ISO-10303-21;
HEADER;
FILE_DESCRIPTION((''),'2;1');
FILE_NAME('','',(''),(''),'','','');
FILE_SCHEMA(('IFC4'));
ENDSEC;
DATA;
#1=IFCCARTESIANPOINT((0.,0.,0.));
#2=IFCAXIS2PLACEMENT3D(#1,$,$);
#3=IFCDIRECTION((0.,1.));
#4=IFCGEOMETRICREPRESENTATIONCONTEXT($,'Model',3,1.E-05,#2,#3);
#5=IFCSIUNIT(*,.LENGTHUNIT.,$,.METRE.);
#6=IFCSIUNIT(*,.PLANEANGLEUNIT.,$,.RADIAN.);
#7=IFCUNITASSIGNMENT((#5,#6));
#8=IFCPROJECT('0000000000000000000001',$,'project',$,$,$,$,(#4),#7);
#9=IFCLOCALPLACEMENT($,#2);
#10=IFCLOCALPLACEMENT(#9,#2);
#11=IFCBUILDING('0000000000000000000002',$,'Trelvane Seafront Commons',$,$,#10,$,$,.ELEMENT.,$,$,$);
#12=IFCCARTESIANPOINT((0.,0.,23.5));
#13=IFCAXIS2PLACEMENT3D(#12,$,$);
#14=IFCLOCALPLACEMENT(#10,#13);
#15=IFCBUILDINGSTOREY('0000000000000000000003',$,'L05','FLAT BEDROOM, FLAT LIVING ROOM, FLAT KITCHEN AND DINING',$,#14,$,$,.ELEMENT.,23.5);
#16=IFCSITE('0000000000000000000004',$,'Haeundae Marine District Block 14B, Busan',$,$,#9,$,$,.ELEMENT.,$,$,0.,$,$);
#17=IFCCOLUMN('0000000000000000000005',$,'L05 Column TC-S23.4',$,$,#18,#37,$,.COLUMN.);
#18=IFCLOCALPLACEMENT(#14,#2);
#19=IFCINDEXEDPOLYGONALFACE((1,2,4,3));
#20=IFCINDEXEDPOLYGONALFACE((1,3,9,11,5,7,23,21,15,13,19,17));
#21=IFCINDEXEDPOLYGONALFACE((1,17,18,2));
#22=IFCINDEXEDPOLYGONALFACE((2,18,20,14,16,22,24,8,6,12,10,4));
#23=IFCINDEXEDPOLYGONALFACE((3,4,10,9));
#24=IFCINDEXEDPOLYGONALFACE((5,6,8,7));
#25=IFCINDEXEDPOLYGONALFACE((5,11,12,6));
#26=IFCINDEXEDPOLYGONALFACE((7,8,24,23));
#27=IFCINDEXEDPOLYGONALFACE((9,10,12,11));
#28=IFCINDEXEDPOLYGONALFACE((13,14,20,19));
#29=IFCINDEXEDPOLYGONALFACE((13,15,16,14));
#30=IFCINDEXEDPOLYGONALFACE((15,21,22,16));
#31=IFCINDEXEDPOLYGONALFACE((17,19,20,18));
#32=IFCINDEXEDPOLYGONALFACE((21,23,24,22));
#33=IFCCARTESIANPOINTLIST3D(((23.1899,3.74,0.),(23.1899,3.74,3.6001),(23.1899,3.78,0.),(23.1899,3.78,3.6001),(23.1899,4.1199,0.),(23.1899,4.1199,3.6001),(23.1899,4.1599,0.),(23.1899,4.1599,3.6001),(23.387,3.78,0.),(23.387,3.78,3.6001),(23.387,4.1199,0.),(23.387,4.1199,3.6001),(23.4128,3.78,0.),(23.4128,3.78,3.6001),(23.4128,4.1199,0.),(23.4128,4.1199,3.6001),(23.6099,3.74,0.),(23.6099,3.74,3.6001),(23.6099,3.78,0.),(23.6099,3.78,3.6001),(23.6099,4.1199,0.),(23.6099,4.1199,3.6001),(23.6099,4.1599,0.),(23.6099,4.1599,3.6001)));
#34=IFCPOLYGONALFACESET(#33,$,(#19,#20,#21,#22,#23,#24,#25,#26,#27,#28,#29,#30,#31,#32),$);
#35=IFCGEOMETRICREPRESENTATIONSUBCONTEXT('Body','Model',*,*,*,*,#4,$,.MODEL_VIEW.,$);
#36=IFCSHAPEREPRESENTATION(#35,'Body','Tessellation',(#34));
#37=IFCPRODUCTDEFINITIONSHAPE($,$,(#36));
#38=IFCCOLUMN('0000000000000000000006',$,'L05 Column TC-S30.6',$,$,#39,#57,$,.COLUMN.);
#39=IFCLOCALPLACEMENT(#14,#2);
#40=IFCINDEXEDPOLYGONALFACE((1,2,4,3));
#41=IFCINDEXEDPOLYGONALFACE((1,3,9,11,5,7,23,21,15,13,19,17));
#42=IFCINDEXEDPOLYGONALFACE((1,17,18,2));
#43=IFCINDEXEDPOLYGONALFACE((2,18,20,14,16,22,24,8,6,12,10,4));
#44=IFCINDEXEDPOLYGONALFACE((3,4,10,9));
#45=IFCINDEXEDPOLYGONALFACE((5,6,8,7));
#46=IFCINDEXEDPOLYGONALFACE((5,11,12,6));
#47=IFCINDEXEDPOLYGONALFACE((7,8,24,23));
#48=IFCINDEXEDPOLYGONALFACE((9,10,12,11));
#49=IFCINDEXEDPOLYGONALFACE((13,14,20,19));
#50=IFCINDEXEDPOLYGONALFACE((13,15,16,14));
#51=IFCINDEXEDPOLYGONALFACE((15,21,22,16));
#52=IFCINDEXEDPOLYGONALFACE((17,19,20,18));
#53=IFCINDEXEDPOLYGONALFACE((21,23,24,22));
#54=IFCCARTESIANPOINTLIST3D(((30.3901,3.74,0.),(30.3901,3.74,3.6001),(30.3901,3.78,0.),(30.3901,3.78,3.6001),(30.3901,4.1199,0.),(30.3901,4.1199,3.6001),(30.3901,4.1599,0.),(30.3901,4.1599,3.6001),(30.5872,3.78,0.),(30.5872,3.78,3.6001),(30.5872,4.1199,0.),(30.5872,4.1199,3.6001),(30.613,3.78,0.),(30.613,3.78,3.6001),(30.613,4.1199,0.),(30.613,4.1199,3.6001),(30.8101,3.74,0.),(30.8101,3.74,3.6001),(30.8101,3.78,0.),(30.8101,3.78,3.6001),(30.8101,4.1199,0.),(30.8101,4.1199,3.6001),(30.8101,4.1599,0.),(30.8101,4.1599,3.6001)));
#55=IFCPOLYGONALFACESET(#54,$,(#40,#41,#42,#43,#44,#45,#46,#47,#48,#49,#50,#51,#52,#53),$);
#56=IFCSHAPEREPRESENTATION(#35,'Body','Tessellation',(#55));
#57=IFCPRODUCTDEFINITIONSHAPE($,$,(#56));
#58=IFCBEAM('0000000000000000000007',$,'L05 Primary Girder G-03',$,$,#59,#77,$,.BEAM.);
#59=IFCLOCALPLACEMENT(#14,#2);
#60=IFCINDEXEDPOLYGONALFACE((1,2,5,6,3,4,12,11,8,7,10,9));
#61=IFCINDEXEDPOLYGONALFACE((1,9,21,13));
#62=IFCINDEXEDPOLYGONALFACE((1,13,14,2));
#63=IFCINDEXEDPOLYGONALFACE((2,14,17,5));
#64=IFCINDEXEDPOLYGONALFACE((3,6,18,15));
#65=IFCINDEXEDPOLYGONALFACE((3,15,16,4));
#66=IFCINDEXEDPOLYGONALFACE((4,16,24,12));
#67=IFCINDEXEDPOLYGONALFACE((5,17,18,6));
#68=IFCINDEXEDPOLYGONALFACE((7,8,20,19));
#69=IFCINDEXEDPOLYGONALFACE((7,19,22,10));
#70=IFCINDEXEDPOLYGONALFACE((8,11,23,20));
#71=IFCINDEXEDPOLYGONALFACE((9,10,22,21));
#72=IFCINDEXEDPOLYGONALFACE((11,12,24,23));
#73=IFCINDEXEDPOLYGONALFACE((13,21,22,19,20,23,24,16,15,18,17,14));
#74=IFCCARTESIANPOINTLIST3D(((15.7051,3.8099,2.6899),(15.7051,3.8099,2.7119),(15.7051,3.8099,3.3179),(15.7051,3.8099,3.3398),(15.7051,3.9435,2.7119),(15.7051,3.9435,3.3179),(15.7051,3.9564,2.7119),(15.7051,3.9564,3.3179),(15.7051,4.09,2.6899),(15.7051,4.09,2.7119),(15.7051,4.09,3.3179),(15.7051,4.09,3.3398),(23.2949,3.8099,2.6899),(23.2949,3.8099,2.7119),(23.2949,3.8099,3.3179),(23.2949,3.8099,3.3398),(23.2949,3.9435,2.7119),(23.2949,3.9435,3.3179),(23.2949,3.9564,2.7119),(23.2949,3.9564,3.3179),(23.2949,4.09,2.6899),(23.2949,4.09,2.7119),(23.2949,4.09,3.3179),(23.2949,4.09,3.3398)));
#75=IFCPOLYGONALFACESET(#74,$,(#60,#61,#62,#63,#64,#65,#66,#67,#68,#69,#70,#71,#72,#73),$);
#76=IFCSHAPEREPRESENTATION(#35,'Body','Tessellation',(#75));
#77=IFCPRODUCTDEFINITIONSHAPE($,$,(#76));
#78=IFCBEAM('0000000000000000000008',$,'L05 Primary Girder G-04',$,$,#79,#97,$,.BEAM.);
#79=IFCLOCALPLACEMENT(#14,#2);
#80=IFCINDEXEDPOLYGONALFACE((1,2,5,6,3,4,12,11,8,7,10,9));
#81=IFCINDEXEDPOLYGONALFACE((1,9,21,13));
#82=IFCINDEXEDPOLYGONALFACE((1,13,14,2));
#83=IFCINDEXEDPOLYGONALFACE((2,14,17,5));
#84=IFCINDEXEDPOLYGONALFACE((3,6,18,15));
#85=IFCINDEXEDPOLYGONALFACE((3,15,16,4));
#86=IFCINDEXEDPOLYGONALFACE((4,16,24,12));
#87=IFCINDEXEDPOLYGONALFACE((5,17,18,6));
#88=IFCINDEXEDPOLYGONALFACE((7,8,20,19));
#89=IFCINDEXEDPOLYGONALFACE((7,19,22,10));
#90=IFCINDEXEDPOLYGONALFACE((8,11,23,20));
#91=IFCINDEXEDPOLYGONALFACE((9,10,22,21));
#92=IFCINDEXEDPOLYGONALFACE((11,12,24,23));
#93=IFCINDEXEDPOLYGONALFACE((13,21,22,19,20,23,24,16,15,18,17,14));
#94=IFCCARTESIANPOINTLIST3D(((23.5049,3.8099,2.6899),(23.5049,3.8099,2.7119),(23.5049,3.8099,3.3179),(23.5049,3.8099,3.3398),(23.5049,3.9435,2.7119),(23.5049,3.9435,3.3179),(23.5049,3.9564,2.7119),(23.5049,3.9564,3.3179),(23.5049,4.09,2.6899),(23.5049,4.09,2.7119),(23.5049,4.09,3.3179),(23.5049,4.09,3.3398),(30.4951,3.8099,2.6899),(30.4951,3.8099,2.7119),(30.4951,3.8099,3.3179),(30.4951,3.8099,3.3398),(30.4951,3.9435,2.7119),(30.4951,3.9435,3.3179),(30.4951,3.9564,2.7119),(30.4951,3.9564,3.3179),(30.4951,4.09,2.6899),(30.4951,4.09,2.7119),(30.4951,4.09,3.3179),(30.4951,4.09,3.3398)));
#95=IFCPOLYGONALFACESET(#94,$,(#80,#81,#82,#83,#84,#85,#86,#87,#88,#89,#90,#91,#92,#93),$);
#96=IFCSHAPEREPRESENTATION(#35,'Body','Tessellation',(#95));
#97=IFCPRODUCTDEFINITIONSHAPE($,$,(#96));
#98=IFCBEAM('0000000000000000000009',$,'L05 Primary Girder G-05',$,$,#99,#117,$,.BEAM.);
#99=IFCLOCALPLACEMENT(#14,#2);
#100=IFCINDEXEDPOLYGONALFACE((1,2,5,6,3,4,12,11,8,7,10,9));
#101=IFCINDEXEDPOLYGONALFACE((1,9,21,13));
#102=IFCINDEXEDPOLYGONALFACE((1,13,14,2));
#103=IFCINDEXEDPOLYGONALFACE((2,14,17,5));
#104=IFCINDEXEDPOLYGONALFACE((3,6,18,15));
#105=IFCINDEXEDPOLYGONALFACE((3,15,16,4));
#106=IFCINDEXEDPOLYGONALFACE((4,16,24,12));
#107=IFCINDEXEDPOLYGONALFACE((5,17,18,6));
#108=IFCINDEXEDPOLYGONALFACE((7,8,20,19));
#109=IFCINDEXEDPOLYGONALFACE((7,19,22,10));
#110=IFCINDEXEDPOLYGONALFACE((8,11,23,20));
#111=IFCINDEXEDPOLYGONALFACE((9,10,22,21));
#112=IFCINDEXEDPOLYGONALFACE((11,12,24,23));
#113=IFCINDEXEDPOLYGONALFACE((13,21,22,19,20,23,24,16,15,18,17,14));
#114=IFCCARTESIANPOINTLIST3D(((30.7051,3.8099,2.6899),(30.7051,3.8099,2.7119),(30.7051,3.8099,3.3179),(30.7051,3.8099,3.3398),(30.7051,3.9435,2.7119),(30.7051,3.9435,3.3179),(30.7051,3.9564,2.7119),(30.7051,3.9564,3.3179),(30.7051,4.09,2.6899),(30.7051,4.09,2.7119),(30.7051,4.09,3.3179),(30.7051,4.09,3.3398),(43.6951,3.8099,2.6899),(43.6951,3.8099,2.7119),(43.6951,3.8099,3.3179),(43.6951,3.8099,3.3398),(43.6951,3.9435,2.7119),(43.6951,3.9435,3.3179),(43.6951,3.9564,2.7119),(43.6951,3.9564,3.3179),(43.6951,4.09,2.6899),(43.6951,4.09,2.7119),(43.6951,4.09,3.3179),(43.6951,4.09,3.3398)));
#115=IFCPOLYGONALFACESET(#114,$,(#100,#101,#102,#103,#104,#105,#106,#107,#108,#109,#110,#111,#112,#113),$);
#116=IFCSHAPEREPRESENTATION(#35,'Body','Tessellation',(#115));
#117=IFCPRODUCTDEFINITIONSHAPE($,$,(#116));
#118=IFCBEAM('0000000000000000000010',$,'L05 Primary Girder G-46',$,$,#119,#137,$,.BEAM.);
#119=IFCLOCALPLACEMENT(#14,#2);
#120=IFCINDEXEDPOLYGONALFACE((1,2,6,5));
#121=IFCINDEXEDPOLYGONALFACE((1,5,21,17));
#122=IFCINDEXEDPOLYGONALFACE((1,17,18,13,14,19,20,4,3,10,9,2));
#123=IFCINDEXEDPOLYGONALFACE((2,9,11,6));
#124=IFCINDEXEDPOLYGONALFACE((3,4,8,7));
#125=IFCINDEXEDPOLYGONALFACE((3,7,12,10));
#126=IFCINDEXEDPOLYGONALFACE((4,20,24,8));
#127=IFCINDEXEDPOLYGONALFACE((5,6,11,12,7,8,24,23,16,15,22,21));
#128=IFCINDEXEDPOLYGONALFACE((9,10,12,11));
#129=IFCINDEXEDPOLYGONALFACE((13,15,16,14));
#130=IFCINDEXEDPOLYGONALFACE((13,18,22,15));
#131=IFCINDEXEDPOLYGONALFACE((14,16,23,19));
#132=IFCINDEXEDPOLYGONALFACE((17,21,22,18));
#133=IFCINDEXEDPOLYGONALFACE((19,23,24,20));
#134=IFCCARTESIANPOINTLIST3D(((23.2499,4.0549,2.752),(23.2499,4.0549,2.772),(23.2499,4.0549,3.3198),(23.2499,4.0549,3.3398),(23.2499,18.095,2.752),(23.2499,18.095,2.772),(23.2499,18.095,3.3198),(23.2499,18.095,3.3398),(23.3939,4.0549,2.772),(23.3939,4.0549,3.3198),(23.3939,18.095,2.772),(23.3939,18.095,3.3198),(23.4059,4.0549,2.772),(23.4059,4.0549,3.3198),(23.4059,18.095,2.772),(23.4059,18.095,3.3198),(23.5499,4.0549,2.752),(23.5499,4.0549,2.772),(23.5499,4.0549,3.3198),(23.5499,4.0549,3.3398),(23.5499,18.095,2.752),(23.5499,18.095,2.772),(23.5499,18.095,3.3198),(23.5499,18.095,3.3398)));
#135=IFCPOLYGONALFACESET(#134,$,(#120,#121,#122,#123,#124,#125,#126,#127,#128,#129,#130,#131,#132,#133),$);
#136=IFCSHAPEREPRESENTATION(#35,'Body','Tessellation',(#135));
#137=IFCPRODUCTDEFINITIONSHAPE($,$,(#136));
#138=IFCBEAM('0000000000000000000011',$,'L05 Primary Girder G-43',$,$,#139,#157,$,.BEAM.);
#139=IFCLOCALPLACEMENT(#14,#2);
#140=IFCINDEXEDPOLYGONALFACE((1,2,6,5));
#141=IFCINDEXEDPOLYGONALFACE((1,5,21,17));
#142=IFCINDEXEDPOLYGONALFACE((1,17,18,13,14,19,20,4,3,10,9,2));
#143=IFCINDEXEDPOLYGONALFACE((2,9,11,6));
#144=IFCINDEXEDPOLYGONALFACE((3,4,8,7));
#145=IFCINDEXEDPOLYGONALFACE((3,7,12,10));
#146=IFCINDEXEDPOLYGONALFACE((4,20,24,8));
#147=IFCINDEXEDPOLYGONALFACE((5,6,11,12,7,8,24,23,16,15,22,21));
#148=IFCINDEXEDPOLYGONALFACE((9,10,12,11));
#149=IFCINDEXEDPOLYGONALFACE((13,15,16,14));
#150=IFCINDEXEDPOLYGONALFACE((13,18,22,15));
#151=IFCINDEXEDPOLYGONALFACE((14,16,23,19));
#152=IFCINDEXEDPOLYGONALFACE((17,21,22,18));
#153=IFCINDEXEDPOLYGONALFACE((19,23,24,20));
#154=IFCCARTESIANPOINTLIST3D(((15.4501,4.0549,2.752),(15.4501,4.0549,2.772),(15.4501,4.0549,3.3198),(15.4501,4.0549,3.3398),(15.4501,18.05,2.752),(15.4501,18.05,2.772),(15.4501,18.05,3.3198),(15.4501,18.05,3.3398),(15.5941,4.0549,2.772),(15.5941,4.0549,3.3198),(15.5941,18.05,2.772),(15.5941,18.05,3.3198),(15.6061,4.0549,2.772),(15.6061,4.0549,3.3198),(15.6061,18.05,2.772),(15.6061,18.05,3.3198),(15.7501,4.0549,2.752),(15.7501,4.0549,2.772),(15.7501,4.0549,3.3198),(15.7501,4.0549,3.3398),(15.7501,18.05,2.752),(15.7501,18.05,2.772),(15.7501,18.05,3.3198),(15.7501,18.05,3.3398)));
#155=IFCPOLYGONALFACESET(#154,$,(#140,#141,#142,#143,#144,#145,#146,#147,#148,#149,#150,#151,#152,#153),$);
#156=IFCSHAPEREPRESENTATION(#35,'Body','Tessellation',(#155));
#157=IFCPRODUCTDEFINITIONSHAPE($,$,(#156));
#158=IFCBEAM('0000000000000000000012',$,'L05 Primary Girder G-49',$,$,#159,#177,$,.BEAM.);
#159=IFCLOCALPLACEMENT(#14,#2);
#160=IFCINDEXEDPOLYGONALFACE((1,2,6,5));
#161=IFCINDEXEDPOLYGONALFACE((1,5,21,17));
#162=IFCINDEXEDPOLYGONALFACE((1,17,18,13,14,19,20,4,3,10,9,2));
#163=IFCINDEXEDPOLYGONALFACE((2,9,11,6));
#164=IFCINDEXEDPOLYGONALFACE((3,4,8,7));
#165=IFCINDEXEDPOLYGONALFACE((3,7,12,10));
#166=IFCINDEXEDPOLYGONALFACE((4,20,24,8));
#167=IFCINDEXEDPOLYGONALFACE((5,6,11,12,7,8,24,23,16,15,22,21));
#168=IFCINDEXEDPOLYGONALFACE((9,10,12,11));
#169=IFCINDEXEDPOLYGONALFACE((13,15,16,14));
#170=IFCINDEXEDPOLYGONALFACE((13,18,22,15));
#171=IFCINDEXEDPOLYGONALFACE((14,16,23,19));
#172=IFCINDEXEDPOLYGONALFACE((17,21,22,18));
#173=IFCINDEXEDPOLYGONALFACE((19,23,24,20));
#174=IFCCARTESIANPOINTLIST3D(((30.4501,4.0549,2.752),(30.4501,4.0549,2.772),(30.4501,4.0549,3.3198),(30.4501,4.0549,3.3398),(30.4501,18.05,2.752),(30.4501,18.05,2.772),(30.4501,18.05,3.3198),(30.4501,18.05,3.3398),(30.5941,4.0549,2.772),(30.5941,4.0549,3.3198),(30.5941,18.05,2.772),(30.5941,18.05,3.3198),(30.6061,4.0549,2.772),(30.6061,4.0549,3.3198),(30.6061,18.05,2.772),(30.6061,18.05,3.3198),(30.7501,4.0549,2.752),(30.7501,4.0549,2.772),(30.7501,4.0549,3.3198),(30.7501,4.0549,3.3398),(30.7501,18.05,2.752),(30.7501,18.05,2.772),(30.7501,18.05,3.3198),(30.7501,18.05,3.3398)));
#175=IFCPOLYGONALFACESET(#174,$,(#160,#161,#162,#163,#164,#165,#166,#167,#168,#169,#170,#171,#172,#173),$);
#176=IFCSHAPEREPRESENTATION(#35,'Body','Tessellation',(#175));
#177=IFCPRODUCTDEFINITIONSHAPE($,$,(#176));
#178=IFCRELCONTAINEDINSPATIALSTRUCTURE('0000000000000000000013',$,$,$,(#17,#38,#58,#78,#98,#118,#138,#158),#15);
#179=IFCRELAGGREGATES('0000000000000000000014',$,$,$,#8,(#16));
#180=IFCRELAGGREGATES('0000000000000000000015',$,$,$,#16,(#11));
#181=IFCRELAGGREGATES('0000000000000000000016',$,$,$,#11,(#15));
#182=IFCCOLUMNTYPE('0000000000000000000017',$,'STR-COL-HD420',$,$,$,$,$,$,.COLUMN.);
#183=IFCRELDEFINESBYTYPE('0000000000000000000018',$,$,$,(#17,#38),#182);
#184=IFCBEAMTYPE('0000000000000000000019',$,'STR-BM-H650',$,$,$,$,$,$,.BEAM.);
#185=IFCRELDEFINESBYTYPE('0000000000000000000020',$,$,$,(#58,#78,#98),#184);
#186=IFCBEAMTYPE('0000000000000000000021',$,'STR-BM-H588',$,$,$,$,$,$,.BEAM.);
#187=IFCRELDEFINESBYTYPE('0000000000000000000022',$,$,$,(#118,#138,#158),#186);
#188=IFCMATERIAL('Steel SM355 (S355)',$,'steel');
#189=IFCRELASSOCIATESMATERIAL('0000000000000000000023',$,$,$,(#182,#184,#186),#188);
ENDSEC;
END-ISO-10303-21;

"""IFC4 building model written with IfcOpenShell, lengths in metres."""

from ifc_helpers import new_model, si_unit, direction, frame, origin, origin_2d, place, context, subcontext, project, spatial, i_section, extrude, source, transform, mapped, material, material_profile, profile_set, type_object, element, save


model = new_model("IFC4")

# Units and contexts
model_context = context("Model", 3, precision=1e-05, world=origin(), true_north=direction((0.0, 1.0)))
body_context = subcontext(model_context, "Body", "Model", "MODEL_VIEW")
ifc_project = project(units=[si_unit("LENGTHUNIT", "METRE"), si_unit("PLANEANGLEUNIT", "RADIAN")], contexts=[model_context])

# Site, building, storey
site_placement = place(None, origin())
site = spatial("IfcSite", under=ifc_project, at=site_placement, Name="Haeundae Marine District Block 14B, Busan", CompositionType="ELEMENT", RefElevation=0.0)
building_placement = place(site_placement, origin())
building = spatial("IfcBuilding", under=site, at=building_placement, Name="Trelvane Seafront Commons", CompositionType="ELEMENT")
storey_placement = place(building_placement, frame((0.0, 0.0, 23.5)))
storey = spatial("IfcBuildingStorey", under=building, at=storey_placement, Name="L05", Description="FLAT BEDROOM, FLAT LIVING ROOM, FLAT KITCHEN AND DINING", CompositionType="ELEMENT", Elevation=23.5)

# Columns
ifc_material_1 = material(Name="Steel SM355 (S355)", Category="steel")
ifc_material_profile_1 = material_profile(ifc_material_1, i_section(OverallWidth=0.4199, OverallDepth=0.4199, WebThickness=0.0259, FlangeThickness=0.04, at=origin_2d()), Name="HD-420x420x26x40")
ifc_profile_set_1 = profile_set([ifc_material_profile_1], Name="Steel SM355 (S355)")
column_type = type_object("IfcColumnType", Name="STR-COL-HD420", PredefinedType="COLUMN", material=ifc_profile_set_1)
shared_shape_1 = source(origin(), body_context, "Body", "SweptSolid", [
    extrude(i_section(OverallWidth=0.4199, OverallDepth=0.4199, WebThickness=0.0259, FlangeThickness=0.04, at=origin_2d()), origin(), (0.0, 0.0, 1.0), 3.6001),
])
for number, where, z_axis, x_axis, name in (
    (1, (23.3999, 3.95, 0.0), (0.0, 0.0, 1.0), (1.0, 0.0, 0.0), "L05 Column TC-S23.4"),
    (2, (30.6001, 3.95, 0.0), (0.0, 0.0, 1.0), (1.0, 0.0, 0.0), "L05 Column TC-S30.6"),
):
    element("IfcColumn", number, at=place(storey_placement, frame(where, z_axis=z_axis, x_axis=x_axis)), inside=storey, type_object=column_type, Name=name, PredefinedType="COLUMN", context=body_context, shape_type="MappedRepresentation", body=[
        mapped(shared_shape_1, transform((0.0, 0.0, 0.0), x_axis=(1.0, 0.0, 0.0), y_axis=(0.0, 1.0, 0.0), z_axis=(0.0, 0.0, 1.0), scale=1.0)),
    ])

# Beams
ifc_material_profile_2 = material_profile(ifc_material_1, i_section(OverallWidth=0.28, OverallDepth=0.6499, WebThickness=0.0129, FlangeThickness=0.022, at=origin_2d()), Name="H-650x280x13x22")
ifc_profile_set_2 = profile_set([ifc_material_profile_2], Name="Steel SM355 (S355)")
beam_type_1 = type_object("IfcBeamType", Name="STR-BM-H650", PredefinedType="BEAM", material=ifc_profile_set_2)
shared_shape_2 = source(origin(), body_context, "Body", "SweptSolid", [
    extrude(i_section(OverallWidth=0.28, OverallDepth=0.6499, WebThickness=0.0129, FlangeThickness=0.022, at=origin_2d()), origin(), (0.0, 0.0, 1.0), 7.5898),
])
beam_1_placement = place(storey_placement, frame((15.7051, 3.95, 3.0149), z_axis=(1.0, 0.0, 0.0), x_axis=(0.0, 1.0, 0.0)))
element("IfcBeam", 3, at=beam_1_placement, inside=storey, type_object=beam_type_1, Name="L05 Primary Girder G-03", PredefinedType="BEAM", context=body_context, shape_type="MappedRepresentation", body=[
    mapped(shared_shape_2, transform((0.0, 0.0, 0.0), x_axis=(1.0, 0.0, 0.0), y_axis=(0.0, 1.0, 0.0), z_axis=(0.0, 0.0, 1.0), scale=1.0)),
])
shared_shape_3 = source(origin(), body_context, "Body", "SweptSolid", [
    extrude(i_section(OverallWidth=0.28, OverallDepth=0.6499, WebThickness=0.0129, FlangeThickness=0.022, at=origin_2d()), origin(), (0.0, 0.0, 1.0), 6.9902),
])
beam_2_placement = place(storey_placement, frame((23.5049, 3.95, 3.0149), z_axis=(1.0, 0.0, 0.0), x_axis=(0.0, 1.0, 0.0)))
element("IfcBeam", 4, at=beam_2_placement, inside=storey, type_object=beam_type_1, Name="L05 Primary Girder G-04", PredefinedType="BEAM", context=body_context, shape_type="MappedRepresentation", body=[
    mapped(shared_shape_3, transform((0.0, 0.0, 0.0), x_axis=(1.0, 0.0, 0.0), y_axis=(0.0, 1.0, 0.0), z_axis=(0.0, 0.0, 1.0), scale=1.0)),
])
shared_shape_4 = source(origin(), body_context, "Body", "SweptSolid", [
    extrude(i_section(OverallWidth=0.28, OverallDepth=0.6499, WebThickness=0.0129, FlangeThickness=0.022, at=origin_2d()), origin(), (0.0, 0.0, 1.0), 12.99),
])
beam_3_placement = place(storey_placement, frame((30.7051, 3.95, 3.0149), z_axis=(1.0, 0.0, 0.0), x_axis=(0.0, 1.0, 0.0)))
element("IfcBeam", 5, at=beam_3_placement, inside=storey, type_object=beam_type_1, Name="L05 Primary Girder G-05", PredefinedType="BEAM", context=body_context, shape_type="MappedRepresentation", body=[
    mapped(shared_shape_4, transform((0.0, 0.0, 0.0), x_axis=(1.0, 0.0, 0.0), y_axis=(0.0, 1.0, 0.0), z_axis=(0.0, 0.0, 1.0), scale=1.0)),
])
ifc_material_profile_3 = material_profile(ifc_material_1, i_section(OverallWidth=0.3, OverallDepth=0.5879, WebThickness=0.012, FlangeThickness=0.02, at=origin_2d()), Name="H-588x300x12x20")
ifc_profile_set_3 = profile_set([ifc_material_profile_3], Name="Steel SM355 (S355)")
beam_type_2 = type_object("IfcBeamType", Name="STR-BM-H588", PredefinedType="BEAM", material=ifc_profile_set_3)
shared_shape_5 = source(origin(), body_context, "Body", "SweptSolid", [
    extrude(i_section(OverallWidth=0.3, OverallDepth=0.5879, WebThickness=0.012, FlangeThickness=0.02, at=origin_2d()), origin(), (0.0, 0.0, 1.0), 14.04),
])
beam_4_placement = place(storey_placement, frame((23.3999, 4.0549, 3.0459), z_axis=(0.0, 1.0, 0.0), x_axis=(-1.0, 0.0, 0.0)))
element("IfcBeam", 6, at=beam_4_placement, inside=storey, type_object=beam_type_2, Name="L05 Primary Girder G-46", PredefinedType="BEAM", context=body_context, shape_type="MappedRepresentation", body=[
    mapped(shared_shape_5, transform((0.0, 0.0, 0.0), x_axis=(1.0, 0.0, 0.0), y_axis=(0.0, 1.0, 0.0), z_axis=(0.0, 0.0, 1.0), scale=1.0)),
])
shared_shape_6 = source(origin(), body_context, "Body", "SweptSolid", [
    extrude(i_section(OverallWidth=0.3, OverallDepth=0.5879, WebThickness=0.012, FlangeThickness=0.02, at=origin_2d()), origin(), (0.0, 0.0, 1.0), 13.9951),
])
for number, where, z_axis, x_axis, name in (
    (7, (15.6001, 4.0549, 3.0459), (0.0, 1.0, 0.0), (-1.0, 0.0, 0.0), "L05 Primary Girder G-43"),
    (8, (30.6001, 4.0549, 3.0459), (0.0, 1.0, 0.0), (-1.0, 0.0, 0.0), "L05 Primary Girder G-49"),
):
    element("IfcBeam", number, at=place(storey_placement, frame(where, z_axis=z_axis, x_axis=x_axis)), inside=storey, type_object=beam_type_2, Name=name, PredefinedType="BEAM", context=body_context, shape_type="MappedRepresentation", body=[
        mapped(shared_shape_6, transform((0.0, 0.0, 0.0), x_axis=(1.0, 0.0, 0.0), y_axis=(0.0, 1.0, 0.0), z_axis=(0.0, 0.0, 1.0), scale=1.0)),
    ])

save(model, "model.ifc")
